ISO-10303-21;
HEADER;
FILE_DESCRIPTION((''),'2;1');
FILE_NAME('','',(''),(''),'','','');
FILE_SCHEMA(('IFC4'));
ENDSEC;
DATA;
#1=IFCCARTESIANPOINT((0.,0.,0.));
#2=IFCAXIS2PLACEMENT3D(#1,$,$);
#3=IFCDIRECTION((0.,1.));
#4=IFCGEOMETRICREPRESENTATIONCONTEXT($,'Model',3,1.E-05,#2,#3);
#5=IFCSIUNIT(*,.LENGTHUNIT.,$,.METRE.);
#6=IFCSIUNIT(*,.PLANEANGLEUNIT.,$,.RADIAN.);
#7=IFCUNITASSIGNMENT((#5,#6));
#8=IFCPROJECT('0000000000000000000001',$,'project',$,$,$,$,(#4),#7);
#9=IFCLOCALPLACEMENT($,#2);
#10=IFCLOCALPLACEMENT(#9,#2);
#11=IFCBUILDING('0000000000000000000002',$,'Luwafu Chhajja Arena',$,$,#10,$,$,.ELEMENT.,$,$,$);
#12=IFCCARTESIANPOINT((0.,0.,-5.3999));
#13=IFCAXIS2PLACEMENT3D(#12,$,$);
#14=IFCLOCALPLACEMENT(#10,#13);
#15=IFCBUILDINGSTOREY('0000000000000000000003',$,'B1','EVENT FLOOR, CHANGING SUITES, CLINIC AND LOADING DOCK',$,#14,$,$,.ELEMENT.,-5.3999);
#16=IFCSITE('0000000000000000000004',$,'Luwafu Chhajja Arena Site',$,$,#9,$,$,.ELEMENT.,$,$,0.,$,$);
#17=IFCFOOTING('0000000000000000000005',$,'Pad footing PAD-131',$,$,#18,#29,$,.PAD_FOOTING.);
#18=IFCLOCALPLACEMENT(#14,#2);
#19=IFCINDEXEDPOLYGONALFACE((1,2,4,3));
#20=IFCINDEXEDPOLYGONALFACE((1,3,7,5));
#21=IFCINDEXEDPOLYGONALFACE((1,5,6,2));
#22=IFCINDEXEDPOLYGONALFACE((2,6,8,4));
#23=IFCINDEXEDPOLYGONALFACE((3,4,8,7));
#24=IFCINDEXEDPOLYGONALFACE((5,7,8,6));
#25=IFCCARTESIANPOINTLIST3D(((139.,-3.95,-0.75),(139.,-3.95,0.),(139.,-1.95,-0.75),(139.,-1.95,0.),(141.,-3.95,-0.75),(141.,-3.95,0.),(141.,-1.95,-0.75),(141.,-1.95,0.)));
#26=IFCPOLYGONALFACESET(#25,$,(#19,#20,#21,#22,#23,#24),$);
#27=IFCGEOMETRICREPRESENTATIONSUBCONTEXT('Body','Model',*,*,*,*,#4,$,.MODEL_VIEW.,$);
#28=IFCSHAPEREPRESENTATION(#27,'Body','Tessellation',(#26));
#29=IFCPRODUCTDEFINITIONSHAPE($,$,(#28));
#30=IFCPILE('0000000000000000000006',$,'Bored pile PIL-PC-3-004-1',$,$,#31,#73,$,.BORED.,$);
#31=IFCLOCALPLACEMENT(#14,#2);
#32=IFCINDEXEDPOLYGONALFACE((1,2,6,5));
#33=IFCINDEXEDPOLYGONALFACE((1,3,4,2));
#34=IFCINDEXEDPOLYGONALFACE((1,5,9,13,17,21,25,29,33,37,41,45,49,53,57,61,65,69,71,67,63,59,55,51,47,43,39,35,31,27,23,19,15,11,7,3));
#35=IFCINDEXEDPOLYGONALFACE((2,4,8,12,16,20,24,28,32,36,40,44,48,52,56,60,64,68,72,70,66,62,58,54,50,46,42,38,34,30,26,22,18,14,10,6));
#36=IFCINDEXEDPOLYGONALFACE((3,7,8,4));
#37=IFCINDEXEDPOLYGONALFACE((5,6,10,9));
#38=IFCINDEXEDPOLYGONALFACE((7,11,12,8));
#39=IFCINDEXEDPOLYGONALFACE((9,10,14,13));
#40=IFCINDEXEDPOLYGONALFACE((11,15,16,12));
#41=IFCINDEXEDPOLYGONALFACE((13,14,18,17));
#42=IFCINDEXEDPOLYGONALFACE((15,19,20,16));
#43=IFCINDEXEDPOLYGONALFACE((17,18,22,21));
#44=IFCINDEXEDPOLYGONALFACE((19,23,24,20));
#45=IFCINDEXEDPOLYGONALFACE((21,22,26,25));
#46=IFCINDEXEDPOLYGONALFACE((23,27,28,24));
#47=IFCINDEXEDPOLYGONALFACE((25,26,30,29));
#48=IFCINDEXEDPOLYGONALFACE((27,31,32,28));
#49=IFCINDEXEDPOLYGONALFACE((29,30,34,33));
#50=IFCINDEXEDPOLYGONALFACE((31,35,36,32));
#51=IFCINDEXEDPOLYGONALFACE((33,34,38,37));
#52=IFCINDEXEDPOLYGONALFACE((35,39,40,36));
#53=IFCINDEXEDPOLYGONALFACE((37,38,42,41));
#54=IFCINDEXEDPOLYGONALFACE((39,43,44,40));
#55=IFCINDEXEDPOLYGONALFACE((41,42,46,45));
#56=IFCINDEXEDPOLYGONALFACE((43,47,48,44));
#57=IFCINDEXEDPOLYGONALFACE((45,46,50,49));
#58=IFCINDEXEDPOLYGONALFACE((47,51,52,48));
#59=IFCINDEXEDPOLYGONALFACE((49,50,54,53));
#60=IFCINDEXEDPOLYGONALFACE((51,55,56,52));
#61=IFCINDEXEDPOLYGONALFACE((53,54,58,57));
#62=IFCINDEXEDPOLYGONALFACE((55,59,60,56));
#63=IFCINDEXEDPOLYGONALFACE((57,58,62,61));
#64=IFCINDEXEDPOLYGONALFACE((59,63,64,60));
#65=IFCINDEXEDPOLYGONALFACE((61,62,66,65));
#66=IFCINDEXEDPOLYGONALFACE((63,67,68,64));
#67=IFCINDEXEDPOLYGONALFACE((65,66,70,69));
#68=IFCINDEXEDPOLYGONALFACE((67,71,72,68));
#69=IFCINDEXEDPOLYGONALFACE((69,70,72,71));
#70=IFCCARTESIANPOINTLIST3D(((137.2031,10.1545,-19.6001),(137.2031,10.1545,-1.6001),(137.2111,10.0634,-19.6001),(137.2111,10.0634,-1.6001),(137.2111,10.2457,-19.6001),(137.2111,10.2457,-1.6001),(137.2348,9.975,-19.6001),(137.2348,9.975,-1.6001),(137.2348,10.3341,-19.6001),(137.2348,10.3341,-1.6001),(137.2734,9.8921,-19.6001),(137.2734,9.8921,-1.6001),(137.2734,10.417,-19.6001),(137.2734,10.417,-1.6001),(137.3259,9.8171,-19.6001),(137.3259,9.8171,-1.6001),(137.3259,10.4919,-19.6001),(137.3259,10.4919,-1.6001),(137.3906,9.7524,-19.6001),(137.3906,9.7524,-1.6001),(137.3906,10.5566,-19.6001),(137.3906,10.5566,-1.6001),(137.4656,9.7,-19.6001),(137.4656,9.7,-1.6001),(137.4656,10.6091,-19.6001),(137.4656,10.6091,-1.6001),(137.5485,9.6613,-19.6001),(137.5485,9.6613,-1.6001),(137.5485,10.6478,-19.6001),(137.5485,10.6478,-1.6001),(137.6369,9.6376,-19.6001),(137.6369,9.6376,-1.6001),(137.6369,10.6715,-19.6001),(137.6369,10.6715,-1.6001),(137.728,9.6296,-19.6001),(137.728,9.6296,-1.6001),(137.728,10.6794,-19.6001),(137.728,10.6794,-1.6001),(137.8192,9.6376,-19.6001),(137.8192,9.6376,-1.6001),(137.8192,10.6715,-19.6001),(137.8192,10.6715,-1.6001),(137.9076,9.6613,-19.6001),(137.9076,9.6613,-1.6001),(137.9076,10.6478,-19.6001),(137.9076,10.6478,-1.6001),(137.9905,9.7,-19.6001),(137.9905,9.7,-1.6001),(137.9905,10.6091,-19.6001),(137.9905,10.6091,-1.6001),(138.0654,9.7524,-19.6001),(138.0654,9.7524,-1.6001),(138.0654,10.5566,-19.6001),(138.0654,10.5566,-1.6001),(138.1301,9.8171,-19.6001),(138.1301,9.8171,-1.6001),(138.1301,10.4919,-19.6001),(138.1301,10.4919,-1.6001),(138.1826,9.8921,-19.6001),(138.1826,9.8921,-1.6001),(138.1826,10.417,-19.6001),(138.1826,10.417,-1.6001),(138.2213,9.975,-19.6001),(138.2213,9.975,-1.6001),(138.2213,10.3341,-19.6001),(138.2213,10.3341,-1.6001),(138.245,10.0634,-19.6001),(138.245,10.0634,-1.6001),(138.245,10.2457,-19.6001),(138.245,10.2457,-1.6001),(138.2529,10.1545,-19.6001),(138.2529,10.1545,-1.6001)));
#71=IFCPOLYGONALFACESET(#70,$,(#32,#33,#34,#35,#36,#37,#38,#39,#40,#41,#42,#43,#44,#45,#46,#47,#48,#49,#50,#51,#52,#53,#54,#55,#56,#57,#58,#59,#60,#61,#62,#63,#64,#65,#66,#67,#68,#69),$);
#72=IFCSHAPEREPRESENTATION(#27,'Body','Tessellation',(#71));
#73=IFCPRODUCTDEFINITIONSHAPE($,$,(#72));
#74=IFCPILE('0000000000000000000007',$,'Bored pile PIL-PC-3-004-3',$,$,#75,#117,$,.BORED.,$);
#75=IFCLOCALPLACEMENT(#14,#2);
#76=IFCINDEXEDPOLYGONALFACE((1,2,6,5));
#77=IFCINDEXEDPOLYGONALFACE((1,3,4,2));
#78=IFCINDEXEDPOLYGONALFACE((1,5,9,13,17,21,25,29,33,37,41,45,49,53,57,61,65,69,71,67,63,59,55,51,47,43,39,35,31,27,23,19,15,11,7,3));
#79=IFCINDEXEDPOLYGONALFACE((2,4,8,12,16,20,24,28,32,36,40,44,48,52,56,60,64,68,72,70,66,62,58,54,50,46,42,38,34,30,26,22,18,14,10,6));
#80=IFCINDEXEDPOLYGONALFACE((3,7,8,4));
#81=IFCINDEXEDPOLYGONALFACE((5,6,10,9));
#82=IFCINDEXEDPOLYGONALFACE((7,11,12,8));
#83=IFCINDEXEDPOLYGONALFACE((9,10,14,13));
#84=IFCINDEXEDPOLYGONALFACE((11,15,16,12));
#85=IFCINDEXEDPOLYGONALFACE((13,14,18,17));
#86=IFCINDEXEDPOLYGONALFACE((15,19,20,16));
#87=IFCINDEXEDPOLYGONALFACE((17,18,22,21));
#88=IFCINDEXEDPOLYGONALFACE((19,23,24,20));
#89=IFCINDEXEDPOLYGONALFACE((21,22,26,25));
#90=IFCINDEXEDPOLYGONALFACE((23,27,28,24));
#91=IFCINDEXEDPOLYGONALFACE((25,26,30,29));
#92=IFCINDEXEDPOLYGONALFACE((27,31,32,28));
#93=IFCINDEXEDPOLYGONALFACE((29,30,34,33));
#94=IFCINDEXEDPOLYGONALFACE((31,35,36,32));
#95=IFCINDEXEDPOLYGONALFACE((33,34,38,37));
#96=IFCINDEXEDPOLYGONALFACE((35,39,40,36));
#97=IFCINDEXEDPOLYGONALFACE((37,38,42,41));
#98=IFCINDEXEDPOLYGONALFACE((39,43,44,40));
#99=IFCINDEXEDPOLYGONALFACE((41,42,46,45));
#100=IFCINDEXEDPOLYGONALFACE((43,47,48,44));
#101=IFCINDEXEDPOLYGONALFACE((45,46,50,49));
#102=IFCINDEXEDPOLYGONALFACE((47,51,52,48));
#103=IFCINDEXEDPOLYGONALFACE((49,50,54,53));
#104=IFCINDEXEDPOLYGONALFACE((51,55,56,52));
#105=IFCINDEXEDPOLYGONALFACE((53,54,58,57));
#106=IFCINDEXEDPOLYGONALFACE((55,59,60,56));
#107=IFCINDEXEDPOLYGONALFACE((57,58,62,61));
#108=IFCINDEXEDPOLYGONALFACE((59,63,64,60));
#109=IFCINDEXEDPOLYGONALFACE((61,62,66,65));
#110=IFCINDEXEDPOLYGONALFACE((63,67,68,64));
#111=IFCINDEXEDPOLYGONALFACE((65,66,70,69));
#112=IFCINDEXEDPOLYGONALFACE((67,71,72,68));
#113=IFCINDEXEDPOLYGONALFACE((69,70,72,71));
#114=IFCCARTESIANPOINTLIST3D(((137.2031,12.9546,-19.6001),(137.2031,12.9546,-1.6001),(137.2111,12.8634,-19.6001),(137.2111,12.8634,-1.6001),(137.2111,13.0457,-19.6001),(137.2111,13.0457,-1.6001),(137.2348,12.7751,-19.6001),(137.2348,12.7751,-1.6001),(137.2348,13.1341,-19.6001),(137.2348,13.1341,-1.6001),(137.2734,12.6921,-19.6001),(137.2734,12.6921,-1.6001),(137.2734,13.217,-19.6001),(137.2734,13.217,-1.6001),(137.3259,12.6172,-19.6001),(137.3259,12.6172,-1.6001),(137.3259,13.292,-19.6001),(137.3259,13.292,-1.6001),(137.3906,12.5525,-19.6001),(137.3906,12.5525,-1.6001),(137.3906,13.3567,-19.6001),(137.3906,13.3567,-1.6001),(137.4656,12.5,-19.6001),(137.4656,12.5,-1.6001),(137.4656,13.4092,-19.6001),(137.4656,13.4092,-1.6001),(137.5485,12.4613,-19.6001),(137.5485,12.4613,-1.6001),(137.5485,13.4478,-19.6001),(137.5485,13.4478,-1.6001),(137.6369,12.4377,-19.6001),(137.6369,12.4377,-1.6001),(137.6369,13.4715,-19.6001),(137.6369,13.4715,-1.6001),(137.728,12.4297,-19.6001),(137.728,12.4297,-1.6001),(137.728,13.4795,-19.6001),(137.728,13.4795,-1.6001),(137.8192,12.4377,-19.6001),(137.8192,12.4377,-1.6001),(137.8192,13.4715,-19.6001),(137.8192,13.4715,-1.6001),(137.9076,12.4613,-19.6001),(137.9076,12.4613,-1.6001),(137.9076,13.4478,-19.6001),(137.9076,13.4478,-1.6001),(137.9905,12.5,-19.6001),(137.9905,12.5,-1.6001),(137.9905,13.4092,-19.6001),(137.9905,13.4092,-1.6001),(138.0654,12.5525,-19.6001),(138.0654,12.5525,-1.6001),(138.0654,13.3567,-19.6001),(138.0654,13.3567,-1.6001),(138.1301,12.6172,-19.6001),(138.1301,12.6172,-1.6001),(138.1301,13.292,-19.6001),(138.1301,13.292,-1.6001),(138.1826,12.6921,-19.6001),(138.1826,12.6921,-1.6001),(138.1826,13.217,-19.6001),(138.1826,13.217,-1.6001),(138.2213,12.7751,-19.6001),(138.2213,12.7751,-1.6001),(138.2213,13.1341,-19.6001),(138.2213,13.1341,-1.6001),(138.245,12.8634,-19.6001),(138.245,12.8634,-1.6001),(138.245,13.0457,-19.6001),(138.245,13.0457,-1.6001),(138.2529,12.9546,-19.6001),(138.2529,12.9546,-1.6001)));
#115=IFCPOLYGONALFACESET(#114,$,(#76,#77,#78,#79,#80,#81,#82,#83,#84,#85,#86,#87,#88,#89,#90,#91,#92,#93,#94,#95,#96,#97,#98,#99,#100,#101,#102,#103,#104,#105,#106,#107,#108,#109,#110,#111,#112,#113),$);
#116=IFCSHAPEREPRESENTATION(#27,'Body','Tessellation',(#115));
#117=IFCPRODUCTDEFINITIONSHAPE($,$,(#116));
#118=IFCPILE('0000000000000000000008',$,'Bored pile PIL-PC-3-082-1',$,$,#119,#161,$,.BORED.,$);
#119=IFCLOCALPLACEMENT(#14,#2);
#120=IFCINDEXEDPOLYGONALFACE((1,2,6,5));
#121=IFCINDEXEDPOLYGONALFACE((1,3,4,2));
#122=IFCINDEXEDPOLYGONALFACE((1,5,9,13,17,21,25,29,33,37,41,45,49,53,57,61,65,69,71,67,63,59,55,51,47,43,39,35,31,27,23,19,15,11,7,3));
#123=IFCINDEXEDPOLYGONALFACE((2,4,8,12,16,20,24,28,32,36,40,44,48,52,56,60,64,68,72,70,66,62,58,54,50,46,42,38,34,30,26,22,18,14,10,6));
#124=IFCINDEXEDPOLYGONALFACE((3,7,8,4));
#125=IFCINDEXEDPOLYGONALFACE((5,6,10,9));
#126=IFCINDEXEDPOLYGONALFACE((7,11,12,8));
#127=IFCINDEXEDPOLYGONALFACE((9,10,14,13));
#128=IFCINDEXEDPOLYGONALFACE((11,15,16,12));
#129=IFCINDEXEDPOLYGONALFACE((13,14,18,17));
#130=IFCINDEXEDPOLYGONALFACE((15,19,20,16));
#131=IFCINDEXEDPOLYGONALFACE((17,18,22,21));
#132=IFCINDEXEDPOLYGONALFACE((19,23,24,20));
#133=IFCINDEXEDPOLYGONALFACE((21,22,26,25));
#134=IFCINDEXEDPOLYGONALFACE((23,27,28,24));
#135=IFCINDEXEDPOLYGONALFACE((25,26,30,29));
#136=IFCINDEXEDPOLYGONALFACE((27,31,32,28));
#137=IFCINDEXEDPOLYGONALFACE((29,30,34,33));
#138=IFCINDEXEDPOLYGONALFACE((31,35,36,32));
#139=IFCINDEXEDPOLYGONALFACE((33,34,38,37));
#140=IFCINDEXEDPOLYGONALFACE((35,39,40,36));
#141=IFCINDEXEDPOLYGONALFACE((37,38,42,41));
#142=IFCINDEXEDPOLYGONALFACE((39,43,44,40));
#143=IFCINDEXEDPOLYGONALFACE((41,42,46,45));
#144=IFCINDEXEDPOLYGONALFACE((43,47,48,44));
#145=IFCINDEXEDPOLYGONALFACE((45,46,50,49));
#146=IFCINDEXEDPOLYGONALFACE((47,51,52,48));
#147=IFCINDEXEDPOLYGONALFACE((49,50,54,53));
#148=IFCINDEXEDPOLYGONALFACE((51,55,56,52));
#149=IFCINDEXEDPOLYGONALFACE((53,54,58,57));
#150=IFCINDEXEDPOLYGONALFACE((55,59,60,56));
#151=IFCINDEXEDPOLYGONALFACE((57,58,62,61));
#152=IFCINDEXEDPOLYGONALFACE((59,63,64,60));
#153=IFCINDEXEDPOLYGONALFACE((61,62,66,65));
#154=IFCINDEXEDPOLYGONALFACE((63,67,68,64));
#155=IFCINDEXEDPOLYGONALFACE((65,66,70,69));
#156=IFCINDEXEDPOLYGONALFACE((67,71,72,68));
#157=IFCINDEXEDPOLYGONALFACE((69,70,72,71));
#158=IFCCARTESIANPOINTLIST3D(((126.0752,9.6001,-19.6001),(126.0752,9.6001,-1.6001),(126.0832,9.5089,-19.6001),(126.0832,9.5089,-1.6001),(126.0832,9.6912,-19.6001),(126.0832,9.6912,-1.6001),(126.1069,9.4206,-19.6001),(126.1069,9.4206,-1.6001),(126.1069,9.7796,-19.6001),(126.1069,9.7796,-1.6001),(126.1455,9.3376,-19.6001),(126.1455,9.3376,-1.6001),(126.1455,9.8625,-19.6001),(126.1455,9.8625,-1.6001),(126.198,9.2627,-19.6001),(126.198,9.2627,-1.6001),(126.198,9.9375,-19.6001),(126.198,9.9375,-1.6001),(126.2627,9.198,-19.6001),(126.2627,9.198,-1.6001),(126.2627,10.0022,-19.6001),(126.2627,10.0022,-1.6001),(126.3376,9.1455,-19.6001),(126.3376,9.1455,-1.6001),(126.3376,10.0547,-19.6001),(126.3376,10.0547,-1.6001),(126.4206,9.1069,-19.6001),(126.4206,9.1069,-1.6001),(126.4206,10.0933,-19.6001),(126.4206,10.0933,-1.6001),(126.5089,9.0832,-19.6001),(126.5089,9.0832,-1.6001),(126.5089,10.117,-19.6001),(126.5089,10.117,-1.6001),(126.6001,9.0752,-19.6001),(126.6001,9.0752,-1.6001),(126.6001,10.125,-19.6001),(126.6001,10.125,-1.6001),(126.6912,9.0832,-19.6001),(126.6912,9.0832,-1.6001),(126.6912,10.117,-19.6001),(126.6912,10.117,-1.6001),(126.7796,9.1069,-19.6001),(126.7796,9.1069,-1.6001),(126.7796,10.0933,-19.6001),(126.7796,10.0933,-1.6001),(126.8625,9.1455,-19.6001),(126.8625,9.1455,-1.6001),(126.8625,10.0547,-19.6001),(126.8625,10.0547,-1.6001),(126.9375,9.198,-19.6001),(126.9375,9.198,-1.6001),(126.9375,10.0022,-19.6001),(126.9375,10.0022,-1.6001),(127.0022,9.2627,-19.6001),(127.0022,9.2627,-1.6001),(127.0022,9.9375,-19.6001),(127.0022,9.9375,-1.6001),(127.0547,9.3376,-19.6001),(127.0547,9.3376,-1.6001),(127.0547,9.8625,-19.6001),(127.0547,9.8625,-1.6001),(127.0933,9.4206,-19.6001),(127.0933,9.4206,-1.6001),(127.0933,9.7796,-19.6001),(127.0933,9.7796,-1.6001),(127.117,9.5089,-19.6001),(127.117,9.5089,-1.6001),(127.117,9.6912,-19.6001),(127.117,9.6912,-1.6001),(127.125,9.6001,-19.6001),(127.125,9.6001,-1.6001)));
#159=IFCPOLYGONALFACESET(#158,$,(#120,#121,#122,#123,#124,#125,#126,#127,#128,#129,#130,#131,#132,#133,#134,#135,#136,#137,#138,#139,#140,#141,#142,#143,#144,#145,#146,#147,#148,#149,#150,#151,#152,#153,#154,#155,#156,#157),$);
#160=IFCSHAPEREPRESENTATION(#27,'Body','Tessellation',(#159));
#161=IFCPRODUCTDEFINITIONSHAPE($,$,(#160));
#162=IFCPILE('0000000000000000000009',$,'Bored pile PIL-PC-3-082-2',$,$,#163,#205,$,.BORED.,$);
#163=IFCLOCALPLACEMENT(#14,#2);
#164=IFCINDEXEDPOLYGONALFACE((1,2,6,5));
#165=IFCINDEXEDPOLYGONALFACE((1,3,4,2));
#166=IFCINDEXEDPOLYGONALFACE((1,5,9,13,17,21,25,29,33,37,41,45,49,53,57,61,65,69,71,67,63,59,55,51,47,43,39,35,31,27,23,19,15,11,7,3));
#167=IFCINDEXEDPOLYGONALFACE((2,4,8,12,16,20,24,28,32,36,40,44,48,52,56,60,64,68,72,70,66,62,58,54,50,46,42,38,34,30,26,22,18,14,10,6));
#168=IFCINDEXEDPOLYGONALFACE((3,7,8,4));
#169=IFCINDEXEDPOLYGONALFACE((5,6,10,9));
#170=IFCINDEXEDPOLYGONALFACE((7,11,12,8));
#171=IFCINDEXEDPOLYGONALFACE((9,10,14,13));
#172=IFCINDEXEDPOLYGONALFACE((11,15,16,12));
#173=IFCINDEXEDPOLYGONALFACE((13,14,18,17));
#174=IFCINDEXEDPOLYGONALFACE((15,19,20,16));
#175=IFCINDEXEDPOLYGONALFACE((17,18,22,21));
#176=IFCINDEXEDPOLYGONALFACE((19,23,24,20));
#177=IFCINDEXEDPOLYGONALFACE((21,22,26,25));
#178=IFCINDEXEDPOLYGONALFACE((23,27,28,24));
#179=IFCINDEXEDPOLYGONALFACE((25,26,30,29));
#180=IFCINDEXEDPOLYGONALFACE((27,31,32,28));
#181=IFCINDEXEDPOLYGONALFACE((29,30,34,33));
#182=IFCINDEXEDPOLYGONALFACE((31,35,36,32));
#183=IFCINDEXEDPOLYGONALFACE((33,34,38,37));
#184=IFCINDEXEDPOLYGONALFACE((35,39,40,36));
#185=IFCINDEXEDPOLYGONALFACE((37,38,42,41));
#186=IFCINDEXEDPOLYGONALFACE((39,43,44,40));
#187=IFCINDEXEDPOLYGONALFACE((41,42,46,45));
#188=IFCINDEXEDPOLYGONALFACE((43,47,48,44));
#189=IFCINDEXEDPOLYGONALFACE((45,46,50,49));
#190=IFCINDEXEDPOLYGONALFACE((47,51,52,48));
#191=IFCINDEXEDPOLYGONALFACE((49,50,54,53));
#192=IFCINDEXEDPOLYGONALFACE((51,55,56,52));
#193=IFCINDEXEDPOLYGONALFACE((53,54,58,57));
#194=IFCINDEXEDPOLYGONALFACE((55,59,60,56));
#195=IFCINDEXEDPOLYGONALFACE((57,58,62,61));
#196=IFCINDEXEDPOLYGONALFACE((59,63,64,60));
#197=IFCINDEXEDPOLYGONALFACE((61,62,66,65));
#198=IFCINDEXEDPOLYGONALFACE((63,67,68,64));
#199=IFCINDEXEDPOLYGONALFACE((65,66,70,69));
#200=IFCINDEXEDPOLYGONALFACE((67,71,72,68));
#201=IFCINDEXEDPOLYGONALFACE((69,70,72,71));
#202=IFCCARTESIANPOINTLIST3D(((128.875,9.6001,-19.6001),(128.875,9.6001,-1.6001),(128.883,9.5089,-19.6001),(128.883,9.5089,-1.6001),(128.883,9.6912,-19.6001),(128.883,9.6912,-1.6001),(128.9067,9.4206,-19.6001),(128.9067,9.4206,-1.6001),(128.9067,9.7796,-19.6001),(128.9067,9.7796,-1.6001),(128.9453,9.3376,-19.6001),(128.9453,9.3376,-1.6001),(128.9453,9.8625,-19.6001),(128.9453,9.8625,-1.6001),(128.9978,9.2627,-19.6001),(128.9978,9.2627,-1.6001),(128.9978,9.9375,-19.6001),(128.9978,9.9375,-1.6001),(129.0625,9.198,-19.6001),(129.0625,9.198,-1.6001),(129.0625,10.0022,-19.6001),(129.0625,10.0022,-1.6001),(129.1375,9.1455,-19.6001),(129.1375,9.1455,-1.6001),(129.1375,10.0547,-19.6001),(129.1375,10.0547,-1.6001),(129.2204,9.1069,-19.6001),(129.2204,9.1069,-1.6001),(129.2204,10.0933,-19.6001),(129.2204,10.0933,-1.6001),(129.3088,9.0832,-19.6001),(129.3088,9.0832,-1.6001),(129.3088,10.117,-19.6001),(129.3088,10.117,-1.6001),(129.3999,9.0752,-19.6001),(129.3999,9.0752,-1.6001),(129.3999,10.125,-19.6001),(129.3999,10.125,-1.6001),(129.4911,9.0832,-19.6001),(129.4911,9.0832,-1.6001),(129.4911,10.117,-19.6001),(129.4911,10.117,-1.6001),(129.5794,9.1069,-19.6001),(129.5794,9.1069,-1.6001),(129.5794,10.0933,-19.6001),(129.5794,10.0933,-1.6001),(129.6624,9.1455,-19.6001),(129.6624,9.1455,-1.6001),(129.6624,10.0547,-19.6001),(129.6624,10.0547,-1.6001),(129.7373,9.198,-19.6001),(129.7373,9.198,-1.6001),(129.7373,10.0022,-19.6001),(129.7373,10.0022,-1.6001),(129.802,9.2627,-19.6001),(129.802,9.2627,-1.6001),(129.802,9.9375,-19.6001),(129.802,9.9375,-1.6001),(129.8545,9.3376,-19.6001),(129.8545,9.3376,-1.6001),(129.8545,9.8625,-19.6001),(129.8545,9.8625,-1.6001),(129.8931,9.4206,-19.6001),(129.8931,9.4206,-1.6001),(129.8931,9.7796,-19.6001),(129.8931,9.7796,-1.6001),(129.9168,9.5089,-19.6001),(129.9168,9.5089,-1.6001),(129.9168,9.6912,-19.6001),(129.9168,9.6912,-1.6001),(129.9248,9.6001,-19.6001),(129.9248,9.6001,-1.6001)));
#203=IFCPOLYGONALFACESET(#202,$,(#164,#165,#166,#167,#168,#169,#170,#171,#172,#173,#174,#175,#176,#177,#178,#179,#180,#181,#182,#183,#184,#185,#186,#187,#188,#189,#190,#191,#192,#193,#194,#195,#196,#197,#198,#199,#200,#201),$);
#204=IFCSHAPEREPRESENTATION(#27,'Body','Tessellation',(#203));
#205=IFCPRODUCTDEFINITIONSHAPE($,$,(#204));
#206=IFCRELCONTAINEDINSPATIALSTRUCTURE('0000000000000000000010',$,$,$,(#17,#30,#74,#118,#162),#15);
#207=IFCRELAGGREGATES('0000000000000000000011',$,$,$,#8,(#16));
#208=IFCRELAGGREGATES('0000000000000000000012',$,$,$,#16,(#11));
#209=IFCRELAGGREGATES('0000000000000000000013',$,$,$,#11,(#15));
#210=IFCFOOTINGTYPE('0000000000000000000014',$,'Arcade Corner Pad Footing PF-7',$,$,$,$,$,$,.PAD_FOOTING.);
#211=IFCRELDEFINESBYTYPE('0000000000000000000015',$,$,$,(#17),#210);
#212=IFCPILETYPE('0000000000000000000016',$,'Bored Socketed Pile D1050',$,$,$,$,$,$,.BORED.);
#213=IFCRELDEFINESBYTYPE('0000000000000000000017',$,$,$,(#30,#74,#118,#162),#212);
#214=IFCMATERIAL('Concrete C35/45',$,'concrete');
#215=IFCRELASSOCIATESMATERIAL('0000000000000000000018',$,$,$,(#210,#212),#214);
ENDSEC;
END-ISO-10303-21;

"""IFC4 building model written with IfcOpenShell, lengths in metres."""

from ifc_helpers import new_model, si_unit, direction, frame, origin, origin_2d, place, context, subcontext, project, spatial, rectangle, circle, extrude, material, material_profile, profile_set, type_object, element, save


model = new_model("IFC4")

# Units and contexts
model_context = context("Model", 3, precision=1e-05, world=origin(), true_north=direction((0.0, 1.0)))
body_context = subcontext(model_context, "Body", "Model", "MODEL_VIEW")
ifc_project = project(units=[si_unit("LENGTHUNIT", "METRE"), si_unit("PLANEANGLEUNIT", "RADIAN")], contexts=[model_context])

# Site, building, storey
site_placement = place(None, origin())
site = spatial("IfcSite", under=ifc_project, at=site_placement, Name="Luwafu Chhajja Arena Site", CompositionType="ELEMENT", RefElevation=0.0)
building_placement = place(site_placement, origin())
building = spatial("IfcBuilding", under=site, at=building_placement, Name="Luwafu Chhajja Arena", CompositionType="ELEMENT")
storey_placement = place(building_placement, frame((0.0, 0.0, -5.3999)))
storey = spatial("IfcBuildingStorey", under=building, at=storey_placement, Name="B1", Description="EVENT FLOOR, CHANGING SUITES, CLINIC AND LOADING DOCK", CompositionType="ELEMENT", Elevation=-5.3999)

# Footing
ifc_material_1 = material(Name="Concrete C35/45", Category="concrete")
footing_type_1 = type_object("IfcFootingType", Name="Arcade Corner Pad Footing PF-7", PredefinedType="PAD_FOOTING", material=ifc_material_1)
footing_1_placement = place(storey_placement, frame((140.0, -2.95, -0.75), z_axis=(0.0, 0.0, 1.0), x_axis=(1.0, 0.0, 0.0)))
element("IfcFooting", 1, at=footing_1_placement, inside=storey, type_object=footing_type_1, Name="Pad footing PAD-131", PredefinedType="PAD_FOOTING", context=body_context, shape_type="SweptSolid", body=[
    extrude(rectangle(XDim=2.0, YDim=2.0, at=origin_2d()), origin(), (0.0, 0.0, 1.0), 0.75),
])

# Piles
ifc_material_profile_1 = material_profile(ifc_material_1, circle(Radius=0.5249, at=origin_2d()), Name="PILE D1050")
ifc_profile_set_1 = profile_set([ifc_material_profile_1], Name="Concrete C35/45")
pile_type_1 = type_object("IfcPileType", Name="Bored Socketed Pile D1050", PredefinedType="BORED", material=ifc_profile_set_1)
for number, where, z_axis, x_axis, name in (
    (2, (137.728, 10.1545, -1.6001), (0.0, 0.0, -1.0), (1.0, 0.0, 0.0), "Bored pile PIL-PC-3-004-1"),
    (3, (137.728, 12.9546, -1.6001), (0.0, 0.0, -1.0), (1.0, 0.0, 0.0), "Bored pile PIL-PC-3-004-3"),
    (4, (126.6001, 9.6001, -1.6001), (0.0, 0.0, -1.0), (1.0, 0.0, 0.0), "Bored pile PIL-PC-3-082-1"),
    (5, (129.3999, 9.6001, -1.6001), (0.0, 0.0, -1.0), (1.0, 0.0, 0.0), "Bored pile PIL-PC-3-082-2"),
):
    element("IfcPile", number, at=place(storey_placement, frame(where, z_axis=z_axis, x_axis=x_axis)), inside=storey, type_object=pile_type_1, Name=name, PredefinedType="BORED", context=body_context, shape_type="SweptSolid", body=[
        extrude(circle(Radius=0.5249, at=origin_2d()), origin(), (0.0, 0.0, 1.0), 18.0),
    ])

save(model, "model.ifc")
